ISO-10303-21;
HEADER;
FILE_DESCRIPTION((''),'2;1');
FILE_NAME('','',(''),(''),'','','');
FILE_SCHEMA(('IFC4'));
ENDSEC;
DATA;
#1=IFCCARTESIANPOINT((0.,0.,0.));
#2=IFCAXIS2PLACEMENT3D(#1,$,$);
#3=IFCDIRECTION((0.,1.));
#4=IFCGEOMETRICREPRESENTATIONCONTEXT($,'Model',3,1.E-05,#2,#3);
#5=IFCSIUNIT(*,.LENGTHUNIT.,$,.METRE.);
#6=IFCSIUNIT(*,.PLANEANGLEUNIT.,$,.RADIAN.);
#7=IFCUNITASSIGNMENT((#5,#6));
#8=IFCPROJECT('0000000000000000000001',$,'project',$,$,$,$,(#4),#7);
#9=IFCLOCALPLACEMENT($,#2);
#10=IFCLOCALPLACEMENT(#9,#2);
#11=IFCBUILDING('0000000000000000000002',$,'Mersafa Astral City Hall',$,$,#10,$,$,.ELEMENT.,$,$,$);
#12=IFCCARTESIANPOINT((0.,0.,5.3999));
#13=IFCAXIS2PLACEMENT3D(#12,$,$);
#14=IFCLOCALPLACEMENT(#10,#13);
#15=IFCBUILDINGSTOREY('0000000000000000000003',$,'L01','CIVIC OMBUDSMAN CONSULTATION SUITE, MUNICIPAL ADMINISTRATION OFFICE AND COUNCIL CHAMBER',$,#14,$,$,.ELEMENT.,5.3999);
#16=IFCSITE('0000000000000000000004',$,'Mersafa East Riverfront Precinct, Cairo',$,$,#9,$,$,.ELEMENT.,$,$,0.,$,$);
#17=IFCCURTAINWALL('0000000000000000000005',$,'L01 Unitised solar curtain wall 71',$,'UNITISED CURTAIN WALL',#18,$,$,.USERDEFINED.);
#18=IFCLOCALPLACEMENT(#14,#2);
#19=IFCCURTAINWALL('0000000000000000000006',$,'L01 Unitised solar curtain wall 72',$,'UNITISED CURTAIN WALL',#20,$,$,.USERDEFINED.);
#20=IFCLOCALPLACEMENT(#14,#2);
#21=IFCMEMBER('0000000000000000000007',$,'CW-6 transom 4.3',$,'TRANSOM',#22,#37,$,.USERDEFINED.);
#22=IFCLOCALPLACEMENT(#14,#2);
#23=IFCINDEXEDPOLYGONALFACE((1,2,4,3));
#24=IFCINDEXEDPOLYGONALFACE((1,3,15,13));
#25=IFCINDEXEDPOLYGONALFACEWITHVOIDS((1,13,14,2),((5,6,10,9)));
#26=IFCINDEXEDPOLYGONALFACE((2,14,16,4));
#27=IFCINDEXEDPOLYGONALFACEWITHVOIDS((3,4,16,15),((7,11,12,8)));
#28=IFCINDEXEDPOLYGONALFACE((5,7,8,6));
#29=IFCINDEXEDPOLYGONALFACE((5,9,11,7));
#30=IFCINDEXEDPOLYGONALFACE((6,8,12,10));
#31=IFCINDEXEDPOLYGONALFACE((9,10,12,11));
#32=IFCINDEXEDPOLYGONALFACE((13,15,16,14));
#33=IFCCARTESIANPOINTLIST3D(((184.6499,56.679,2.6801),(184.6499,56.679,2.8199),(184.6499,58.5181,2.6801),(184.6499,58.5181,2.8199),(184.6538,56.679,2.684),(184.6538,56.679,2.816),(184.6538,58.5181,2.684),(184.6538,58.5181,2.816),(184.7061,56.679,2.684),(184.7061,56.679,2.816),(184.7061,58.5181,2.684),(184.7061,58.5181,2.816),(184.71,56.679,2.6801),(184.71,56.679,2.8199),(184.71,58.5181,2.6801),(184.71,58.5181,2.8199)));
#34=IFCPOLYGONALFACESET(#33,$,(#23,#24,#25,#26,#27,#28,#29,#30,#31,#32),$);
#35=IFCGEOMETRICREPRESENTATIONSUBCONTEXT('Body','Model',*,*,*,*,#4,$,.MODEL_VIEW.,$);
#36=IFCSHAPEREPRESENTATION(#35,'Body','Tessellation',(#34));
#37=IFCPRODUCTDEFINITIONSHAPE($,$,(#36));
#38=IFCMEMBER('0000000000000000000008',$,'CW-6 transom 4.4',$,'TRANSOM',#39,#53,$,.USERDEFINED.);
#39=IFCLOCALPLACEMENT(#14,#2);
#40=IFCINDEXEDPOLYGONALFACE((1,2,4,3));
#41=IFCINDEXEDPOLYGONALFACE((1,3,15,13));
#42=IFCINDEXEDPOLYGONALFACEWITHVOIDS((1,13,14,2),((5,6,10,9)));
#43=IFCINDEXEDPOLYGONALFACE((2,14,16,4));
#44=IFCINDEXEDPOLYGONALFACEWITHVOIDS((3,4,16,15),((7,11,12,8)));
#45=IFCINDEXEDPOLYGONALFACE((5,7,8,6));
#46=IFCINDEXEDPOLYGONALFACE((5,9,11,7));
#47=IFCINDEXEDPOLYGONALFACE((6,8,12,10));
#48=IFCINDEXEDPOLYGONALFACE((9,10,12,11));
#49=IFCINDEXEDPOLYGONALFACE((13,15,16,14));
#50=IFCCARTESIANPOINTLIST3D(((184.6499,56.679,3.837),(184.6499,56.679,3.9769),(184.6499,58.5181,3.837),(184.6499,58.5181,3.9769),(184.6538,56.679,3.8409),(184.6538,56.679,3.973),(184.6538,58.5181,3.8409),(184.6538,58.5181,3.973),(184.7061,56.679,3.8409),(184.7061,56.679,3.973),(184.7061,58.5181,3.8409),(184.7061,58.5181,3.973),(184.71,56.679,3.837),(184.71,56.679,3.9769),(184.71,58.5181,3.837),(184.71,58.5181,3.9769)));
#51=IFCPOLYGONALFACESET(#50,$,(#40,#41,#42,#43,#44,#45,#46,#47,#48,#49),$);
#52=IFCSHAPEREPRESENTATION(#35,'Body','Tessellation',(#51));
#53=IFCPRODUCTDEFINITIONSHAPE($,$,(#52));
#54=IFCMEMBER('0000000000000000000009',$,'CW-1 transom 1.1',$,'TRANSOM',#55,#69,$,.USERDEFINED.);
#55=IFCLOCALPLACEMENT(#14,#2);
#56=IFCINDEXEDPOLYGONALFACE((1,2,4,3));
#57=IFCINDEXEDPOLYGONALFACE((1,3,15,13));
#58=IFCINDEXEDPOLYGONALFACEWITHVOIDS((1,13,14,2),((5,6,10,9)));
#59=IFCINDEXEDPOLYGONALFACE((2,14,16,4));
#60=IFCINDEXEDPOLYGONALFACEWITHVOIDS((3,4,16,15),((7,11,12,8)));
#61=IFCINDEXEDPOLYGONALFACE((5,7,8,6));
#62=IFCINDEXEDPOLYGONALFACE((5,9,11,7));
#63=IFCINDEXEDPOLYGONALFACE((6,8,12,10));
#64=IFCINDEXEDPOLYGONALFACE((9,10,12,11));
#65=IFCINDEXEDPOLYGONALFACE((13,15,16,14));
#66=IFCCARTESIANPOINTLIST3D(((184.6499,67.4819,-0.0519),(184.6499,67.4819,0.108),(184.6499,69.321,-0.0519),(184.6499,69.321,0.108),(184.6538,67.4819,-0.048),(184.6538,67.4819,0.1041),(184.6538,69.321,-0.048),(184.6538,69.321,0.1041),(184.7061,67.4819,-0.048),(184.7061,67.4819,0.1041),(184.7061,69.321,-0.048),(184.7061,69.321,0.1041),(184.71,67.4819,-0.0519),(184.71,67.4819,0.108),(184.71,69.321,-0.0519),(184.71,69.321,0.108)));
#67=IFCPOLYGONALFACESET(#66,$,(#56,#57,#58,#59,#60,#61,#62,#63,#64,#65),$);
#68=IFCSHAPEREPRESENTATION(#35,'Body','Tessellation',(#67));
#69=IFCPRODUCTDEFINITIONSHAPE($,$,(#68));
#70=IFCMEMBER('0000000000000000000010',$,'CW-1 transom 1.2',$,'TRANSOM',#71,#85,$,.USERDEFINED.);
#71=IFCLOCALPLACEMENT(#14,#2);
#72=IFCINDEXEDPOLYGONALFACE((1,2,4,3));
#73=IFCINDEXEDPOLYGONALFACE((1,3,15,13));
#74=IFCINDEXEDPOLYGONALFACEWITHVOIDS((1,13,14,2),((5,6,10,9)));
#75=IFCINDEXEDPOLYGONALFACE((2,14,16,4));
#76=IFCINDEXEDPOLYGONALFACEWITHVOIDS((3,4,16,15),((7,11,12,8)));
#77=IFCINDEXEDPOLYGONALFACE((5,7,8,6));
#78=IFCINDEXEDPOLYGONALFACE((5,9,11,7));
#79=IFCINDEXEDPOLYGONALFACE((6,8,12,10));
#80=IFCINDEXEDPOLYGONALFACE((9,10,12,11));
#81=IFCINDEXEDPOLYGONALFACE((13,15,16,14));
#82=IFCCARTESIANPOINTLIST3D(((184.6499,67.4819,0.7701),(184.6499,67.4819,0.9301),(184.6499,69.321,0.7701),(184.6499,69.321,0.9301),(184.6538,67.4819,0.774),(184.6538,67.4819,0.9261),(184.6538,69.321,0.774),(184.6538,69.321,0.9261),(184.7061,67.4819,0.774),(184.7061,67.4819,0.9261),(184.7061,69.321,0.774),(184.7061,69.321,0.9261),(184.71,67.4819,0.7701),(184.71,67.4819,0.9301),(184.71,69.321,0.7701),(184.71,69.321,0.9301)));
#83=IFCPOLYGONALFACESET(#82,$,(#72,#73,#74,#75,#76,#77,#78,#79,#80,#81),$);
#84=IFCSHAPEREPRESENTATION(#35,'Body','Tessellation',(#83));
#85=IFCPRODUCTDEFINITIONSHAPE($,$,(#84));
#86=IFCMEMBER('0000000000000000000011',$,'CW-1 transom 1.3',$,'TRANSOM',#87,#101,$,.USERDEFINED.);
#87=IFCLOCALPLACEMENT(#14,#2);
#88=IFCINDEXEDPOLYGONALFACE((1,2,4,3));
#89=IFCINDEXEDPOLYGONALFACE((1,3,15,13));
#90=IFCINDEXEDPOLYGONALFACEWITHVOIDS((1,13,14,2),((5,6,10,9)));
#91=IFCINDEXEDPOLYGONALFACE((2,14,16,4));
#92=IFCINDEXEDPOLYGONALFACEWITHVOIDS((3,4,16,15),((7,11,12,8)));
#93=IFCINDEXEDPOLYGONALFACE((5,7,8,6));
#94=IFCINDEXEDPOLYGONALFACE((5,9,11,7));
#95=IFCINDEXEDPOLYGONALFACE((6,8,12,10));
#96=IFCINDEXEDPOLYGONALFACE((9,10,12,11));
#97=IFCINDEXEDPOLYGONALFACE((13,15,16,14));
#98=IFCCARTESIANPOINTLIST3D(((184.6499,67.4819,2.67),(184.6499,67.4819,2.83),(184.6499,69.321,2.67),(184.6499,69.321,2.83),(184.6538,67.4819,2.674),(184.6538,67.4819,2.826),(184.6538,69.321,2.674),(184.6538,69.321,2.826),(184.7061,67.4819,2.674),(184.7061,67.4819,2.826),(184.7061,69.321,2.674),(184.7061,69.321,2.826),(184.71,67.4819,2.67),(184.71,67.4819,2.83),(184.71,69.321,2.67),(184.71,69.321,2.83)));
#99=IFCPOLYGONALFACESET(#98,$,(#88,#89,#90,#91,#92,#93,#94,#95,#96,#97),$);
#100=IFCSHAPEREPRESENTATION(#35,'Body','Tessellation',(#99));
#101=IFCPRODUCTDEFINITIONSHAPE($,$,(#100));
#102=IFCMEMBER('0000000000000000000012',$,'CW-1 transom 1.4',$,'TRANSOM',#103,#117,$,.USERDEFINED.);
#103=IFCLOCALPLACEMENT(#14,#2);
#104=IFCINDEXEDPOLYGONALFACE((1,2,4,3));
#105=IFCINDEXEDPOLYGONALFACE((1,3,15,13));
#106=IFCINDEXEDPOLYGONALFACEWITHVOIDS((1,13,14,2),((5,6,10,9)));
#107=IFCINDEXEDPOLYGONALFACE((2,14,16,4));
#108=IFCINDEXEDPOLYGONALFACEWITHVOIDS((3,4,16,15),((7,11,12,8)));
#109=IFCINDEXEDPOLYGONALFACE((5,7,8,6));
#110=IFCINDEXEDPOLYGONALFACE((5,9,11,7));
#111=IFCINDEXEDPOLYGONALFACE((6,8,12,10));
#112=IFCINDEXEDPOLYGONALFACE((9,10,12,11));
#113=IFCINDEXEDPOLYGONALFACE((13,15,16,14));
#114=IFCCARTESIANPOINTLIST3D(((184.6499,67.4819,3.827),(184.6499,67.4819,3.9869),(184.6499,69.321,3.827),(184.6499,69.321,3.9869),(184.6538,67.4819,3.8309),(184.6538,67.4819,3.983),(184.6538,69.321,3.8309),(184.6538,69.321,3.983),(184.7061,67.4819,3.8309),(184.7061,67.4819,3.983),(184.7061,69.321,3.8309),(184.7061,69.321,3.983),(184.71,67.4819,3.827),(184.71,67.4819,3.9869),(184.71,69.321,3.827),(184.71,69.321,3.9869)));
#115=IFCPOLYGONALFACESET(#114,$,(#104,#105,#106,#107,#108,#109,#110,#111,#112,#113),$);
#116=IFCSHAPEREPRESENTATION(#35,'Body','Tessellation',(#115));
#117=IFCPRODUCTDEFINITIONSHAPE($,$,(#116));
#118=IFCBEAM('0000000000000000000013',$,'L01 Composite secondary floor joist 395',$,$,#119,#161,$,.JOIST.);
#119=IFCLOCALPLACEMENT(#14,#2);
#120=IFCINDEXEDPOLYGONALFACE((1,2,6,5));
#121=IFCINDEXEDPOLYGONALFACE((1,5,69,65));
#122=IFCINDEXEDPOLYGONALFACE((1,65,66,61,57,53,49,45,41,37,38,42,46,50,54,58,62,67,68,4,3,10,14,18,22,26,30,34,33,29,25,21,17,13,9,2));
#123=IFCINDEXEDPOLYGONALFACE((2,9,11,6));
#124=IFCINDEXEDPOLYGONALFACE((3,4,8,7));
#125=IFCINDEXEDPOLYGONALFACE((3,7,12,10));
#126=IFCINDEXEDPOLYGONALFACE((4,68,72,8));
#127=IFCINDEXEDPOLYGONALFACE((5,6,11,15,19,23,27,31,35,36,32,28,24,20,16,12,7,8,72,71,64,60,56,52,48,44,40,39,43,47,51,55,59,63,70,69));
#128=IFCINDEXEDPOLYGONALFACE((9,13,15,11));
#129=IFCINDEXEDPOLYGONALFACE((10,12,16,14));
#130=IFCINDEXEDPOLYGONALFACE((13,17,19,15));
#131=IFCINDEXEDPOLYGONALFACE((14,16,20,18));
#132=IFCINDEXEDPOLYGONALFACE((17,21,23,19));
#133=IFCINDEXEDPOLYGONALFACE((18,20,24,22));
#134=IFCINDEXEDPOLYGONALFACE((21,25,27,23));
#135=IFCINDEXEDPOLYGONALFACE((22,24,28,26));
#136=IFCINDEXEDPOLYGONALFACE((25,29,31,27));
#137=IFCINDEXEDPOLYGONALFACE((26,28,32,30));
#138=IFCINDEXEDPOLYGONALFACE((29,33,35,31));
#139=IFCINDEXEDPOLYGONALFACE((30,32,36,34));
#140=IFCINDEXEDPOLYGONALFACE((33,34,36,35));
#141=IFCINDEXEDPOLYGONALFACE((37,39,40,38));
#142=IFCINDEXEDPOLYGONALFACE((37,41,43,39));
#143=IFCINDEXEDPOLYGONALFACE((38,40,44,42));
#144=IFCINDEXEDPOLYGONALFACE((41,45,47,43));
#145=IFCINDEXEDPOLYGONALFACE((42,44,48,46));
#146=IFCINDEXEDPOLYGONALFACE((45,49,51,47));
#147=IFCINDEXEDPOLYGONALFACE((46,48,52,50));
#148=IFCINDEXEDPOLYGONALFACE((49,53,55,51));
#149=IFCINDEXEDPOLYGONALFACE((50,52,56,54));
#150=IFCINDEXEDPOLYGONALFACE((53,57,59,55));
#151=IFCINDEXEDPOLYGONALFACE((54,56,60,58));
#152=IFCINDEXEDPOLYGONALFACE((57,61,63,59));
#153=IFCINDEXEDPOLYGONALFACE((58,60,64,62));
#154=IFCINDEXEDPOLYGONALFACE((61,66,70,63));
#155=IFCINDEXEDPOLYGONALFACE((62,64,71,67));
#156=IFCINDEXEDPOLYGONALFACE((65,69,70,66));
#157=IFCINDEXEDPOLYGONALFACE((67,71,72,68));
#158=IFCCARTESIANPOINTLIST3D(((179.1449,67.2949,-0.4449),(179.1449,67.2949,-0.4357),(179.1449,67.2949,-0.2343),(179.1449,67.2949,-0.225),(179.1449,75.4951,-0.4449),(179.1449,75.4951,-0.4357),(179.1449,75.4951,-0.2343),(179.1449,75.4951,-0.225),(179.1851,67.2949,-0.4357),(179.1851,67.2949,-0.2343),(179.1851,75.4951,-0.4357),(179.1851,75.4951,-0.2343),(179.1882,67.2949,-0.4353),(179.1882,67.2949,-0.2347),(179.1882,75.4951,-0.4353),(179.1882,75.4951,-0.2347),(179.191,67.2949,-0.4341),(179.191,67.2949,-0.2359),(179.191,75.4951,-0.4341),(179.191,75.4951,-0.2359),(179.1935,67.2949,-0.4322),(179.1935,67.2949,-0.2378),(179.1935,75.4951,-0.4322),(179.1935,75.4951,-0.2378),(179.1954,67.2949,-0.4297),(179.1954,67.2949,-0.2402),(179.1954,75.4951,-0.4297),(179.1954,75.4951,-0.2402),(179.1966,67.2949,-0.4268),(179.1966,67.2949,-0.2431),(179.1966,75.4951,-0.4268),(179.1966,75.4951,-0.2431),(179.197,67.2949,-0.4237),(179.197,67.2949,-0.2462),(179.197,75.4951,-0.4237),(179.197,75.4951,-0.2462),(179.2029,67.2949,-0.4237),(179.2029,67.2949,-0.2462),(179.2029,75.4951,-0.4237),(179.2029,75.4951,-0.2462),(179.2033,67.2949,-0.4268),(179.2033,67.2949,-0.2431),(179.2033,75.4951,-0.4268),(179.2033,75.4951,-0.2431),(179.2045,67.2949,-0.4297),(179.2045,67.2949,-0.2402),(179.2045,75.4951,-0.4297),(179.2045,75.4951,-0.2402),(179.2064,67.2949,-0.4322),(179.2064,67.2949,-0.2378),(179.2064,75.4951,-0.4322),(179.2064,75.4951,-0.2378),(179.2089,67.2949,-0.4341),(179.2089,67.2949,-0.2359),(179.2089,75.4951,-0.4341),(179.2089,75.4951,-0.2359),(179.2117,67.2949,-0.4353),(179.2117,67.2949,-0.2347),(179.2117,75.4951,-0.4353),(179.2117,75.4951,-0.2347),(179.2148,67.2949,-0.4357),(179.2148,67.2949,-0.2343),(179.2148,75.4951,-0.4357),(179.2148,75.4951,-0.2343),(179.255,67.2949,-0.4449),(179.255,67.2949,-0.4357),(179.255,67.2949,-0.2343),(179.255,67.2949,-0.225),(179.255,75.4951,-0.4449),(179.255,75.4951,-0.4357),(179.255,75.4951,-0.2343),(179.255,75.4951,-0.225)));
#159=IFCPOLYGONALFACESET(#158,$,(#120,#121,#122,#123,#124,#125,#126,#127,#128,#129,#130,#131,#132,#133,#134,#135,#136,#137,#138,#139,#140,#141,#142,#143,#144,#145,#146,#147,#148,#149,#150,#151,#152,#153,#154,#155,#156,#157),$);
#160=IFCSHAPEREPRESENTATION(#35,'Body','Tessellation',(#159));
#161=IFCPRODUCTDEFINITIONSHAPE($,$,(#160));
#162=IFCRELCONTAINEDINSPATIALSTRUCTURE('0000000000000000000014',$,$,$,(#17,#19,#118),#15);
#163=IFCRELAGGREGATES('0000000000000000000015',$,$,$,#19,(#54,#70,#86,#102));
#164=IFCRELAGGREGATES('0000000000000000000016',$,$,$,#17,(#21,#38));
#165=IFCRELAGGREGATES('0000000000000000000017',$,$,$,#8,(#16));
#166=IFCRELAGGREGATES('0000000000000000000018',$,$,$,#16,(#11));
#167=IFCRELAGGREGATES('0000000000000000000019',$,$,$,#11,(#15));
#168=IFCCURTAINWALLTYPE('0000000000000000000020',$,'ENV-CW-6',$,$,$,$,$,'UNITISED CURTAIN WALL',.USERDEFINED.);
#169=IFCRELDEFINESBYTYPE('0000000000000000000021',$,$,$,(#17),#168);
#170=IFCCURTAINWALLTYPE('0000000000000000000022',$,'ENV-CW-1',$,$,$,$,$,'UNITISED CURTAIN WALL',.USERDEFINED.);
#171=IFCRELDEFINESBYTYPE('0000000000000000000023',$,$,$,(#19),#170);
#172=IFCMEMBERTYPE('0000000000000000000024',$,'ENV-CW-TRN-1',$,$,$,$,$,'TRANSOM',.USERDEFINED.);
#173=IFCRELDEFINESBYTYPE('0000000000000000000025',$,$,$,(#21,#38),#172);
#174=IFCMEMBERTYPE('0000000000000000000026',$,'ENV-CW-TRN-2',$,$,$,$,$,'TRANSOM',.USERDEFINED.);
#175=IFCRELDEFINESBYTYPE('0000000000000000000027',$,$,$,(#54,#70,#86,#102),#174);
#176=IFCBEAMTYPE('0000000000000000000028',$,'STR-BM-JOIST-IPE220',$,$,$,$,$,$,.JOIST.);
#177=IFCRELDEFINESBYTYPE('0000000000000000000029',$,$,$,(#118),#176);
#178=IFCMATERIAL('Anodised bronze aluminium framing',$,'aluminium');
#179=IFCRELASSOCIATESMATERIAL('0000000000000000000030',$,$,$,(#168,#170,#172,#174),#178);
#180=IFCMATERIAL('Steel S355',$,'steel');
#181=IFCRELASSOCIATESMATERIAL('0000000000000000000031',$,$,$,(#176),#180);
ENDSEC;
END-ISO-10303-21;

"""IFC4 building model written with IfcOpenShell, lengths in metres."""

from ifc_helpers import new_model, si_unit, direction, frame, origin, origin_2d, place, context, subcontext, project, spatial, hollow_rectangle, i_section, extrude, material, material_profile, profile_set, type_object, element, aggregate, save


model = new_model("IFC4")

# Units and contexts
model_context = context("Model", 3, precision=1e-05, world=origin(), true_north=direction((0.0, 1.0)))
body_context = subcontext(model_context, "Body", "Model", "MODEL_VIEW")
ifc_project = project(units=[si_unit("LENGTHUNIT", "METRE"), si_unit("PLANEANGLEUNIT", "RADIAN")], contexts=[model_context])

# Site, building, storey
site_placement = place(None, origin())
site = spatial("IfcSite", under=ifc_project, at=site_placement, Name="Mersafa East Riverfront Precinct, Cairo", CompositionType="ELEMENT", RefElevation=0.0)
building_placement = place(site_placement, origin())
building = spatial("IfcBuilding", under=site, at=building_placement, Name="Mersafa Astral City Hall", CompositionType="ELEMENT")
storey_placement = place(building_placement, frame((0.0, 0.0, 5.3999)))
storey = spatial("IfcBuildingStorey", under=building, at=storey_placement, Name="L01", Description="CIVIC OMBUDSMAN CONSULTATION SUITE, MUNICIPAL ADMINISTRATION OFFICE AND COUNCIL CHAMBER", CompositionType="ELEMENT", Elevation=5.3999)

# Shared definitions
ifc_material_1 = material(Name="Steel S355", Category="steel")

# Curtain wall
ifc_material_2 = material(Name="Anodised bronze aluminium framing", Category="aluminium")
curtain_wall_type_1 = type_object("IfcCurtainWallType", Name="ENV-CW-6", ElementType="UNITISED CURTAIN WALL", PredefinedType="USERDEFINED", material=ifc_material_2)
curtain_wall_1_placement = place(storey_placement, origin())
curtain_wall_1 = element("IfcCurtainWall", 1, at=curtain_wall_1_placement, inside=storey, type_object=curtain_wall_type_1, Name="L01 Unitised solar curtain wall 71", ObjectType="UNITISED CURTAIN WALL", PredefinedType="USERDEFINED")

# Curtain wall
curtain_wall_type_2 = type_object("IfcCurtainWallType", Name="ENV-CW-1", ElementType="UNITISED CURTAIN WALL", PredefinedType="USERDEFINED", material=ifc_material_2)
curtain_wall_2_placement = place(storey_placement, origin())
curtain_wall_2 = element("IfcCurtainWall", 2, at=curtain_wall_2_placement, inside=storey, type_object=curtain_wall_type_2, Name="L01 Unitised solar curtain wall 72", ObjectType="UNITISED CURTAIN WALL", PredefinedType="USERDEFINED")

# Members
ifc_material_profile_1 = material_profile(ifc_material_2, hollow_rectangle(XDim=0.0601, YDim=0.1399, WallThickness=0.0039, at=origin_2d()), Name="RHS 60x140x4")
ifc_profile_set_1 = profile_set([ifc_material_profile_1], Name="Anodised bronze aluminium framing")
member_type_1 = type_object("IfcMemberType", Name="ENV-CW-TRN-1", ElementType="TRANSOM", PredefinedType="USERDEFINED", material=ifc_profile_set_1)
member_1_placement = place(storey_placement, frame((184.6799, 56.679, 2.75), z_axis=(0.0, 1.0, 0.0), x_axis=(-1.0, 0.0, 0.0)))
member_1 = element("IfcMember", 3, at=member_1_placement, type_object=member_type_1, Name="CW-6 transom 4.3", ObjectType="TRANSOM", PredefinedType="USERDEFINED", context=body_context, shape_type="SweptSolid", body=[
    extrude(hollow_rectangle(XDim=0.0601, YDim=0.1399, WallThickness=0.0039, at=origin_2d()), origin(), (0.0, 0.0, 1.0), 1.8391),
])
member_2_placement = place(storey_placement, frame((184.6799, 56.679, 3.907), z_axis=(0.0, 1.0, 0.0), x_axis=(-1.0, 0.0, 0.0)))
member_2 = element("IfcMember", 4, at=member_2_placement, type_object=member_type_1, Name="CW-6 transom 4.4", ObjectType="TRANSOM", PredefinedType="USERDEFINED", context=body_context, shape_type="SweptSolid", body=[
    extrude(hollow_rectangle(XDim=0.0601, YDim=0.1399, WallThickness=0.0039, at=origin_2d()), origin(), (0.0, 0.0, 1.0), 1.8391),
])
ifc_material_profile_2 = material_profile(ifc_material_2, hollow_rectangle(XDim=0.0601, YDim=0.1599, WallThickness=0.0039, at=origin_2d()), Name="RHS 60x160x4")
ifc_profile_set_2 = profile_set([ifc_material_profile_2], Name="Anodised bronze aluminium framing")
member_type_2 = type_object("IfcMemberType", Name="ENV-CW-TRN-2", ElementType="TRANSOM", PredefinedType="USERDEFINED", material=ifc_profile_set_2)
member_3_placement = place(storey_placement, frame((184.6799, 67.4819, 0.0281), z_axis=(0.0, 1.0, 0.0), x_axis=(-1.0, 0.0, 0.0)))
member_3 = element("IfcMember", 5, at=member_3_placement, type_object=member_type_2, Name="CW-1 transom 1.1", ObjectType="TRANSOM", PredefinedType="USERDEFINED", context=body_context, shape_type="SweptSolid", body=[
    extrude(hollow_rectangle(XDim=0.0601, YDim=0.1599, WallThickness=0.0039, at=origin_2d()), origin(), (0.0, 0.0, 1.0), 1.8391),
])
member_4_placement = place(storey_placement, frame((184.6799, 67.4819, 0.8501), z_axis=(0.0, 1.0, 0.0), x_axis=(-1.0, 0.0, 0.0)))
member_4 = element("IfcMember", 6, at=member_4_placement, type_object=member_type_2, Name="CW-1 transom 1.2", ObjectType="TRANSOM", PredefinedType="USERDEFINED", context=body_context, shape_type="SweptSolid", body=[
    extrude(hollow_rectangle(XDim=0.0601, YDim=0.1599, WallThickness=0.0039, at=origin_2d()), origin(), (0.0, 0.0, 1.0), 1.8391),
])
member_5_placement = place(storey_placement, frame((184.6799, 67.4819, 2.75), z_axis=(0.0, 1.0, 0.0), x_axis=(-1.0, 0.0, 0.0)))
member_5 = element("IfcMember", 7, at=member_5_placement, type_object=member_type_2, Name="CW-1 transom 1.3", ObjectType="TRANSOM", PredefinedType="USERDEFINED", context=body_context, shape_type="SweptSolid", body=[
    extrude(hollow_rectangle(XDim=0.0601, YDim=0.1599, WallThickness=0.0039, at=origin_2d()), origin(), (0.0, 0.0, 1.0), 1.8391),
])
member_6_placement = place(storey_placement, frame((184.6799, 67.4819, 3.907), z_axis=(0.0, 1.0, 0.0), x_axis=(-1.0, 0.0, 0.0)))
member_6 = element("IfcMember", 8, at=member_6_placement, type_object=member_type_2, Name="CW-1 transom 1.4", ObjectType="TRANSOM", PredefinedType="USERDEFINED", context=body_context, shape_type="SweptSolid", body=[
    extrude(hollow_rectangle(XDim=0.0601, YDim=0.1599, WallThickness=0.0039, at=origin_2d()), origin(), (0.0, 0.0, 1.0), 1.8391),
])

# Beam
ifc_material_profile_3 = material_profile(ifc_material_1, i_section(OverallWidth=0.1101, OverallDepth=0.22, WebThickness=0.0059, FlangeThickness=0.0093, FilletRadius=0.012, at=origin_2d()), Name="IPE 220")
ifc_profile_set_3 = profile_set([ifc_material_profile_3], Name="Steel S355")
beam_type_1 = type_object("IfcBeamType", Name="STR-BM-JOIST-IPE220", PredefinedType="JOIST", material=ifc_profile_set_3)
for number, where, z_axis, x_axis, name in (
    (9, (179.2, 67.2949, -0.335), (0.0, 1.0, 0.0), (-1.0, 0.0, 0.0), "L01 Composite secondary floor joist 395"),
):
    element("IfcBeam", number, at=place(storey_placement, frame(where, z_axis=z_axis, x_axis=x_axis)), inside=storey, type_object=beam_type_1, Name=name, PredefinedType="JOIST", context=body_context, shape_type="SweptSolid", body=[
        extrude(i_section(OverallWidth=0.1101, OverallDepth=0.22, WebThickness=0.0059, FlangeThickness=0.0093, FilletRadius=0.012, at=origin_2d()), origin(), (0.0, 0.0, 1.0), 8.2002),
    ])

aggregate(curtain_wall_2, [member_3, member_4, member_5, member_6])
aggregate(curtain_wall_1, [member_1, member_2])

save(model, "model.ifc")
